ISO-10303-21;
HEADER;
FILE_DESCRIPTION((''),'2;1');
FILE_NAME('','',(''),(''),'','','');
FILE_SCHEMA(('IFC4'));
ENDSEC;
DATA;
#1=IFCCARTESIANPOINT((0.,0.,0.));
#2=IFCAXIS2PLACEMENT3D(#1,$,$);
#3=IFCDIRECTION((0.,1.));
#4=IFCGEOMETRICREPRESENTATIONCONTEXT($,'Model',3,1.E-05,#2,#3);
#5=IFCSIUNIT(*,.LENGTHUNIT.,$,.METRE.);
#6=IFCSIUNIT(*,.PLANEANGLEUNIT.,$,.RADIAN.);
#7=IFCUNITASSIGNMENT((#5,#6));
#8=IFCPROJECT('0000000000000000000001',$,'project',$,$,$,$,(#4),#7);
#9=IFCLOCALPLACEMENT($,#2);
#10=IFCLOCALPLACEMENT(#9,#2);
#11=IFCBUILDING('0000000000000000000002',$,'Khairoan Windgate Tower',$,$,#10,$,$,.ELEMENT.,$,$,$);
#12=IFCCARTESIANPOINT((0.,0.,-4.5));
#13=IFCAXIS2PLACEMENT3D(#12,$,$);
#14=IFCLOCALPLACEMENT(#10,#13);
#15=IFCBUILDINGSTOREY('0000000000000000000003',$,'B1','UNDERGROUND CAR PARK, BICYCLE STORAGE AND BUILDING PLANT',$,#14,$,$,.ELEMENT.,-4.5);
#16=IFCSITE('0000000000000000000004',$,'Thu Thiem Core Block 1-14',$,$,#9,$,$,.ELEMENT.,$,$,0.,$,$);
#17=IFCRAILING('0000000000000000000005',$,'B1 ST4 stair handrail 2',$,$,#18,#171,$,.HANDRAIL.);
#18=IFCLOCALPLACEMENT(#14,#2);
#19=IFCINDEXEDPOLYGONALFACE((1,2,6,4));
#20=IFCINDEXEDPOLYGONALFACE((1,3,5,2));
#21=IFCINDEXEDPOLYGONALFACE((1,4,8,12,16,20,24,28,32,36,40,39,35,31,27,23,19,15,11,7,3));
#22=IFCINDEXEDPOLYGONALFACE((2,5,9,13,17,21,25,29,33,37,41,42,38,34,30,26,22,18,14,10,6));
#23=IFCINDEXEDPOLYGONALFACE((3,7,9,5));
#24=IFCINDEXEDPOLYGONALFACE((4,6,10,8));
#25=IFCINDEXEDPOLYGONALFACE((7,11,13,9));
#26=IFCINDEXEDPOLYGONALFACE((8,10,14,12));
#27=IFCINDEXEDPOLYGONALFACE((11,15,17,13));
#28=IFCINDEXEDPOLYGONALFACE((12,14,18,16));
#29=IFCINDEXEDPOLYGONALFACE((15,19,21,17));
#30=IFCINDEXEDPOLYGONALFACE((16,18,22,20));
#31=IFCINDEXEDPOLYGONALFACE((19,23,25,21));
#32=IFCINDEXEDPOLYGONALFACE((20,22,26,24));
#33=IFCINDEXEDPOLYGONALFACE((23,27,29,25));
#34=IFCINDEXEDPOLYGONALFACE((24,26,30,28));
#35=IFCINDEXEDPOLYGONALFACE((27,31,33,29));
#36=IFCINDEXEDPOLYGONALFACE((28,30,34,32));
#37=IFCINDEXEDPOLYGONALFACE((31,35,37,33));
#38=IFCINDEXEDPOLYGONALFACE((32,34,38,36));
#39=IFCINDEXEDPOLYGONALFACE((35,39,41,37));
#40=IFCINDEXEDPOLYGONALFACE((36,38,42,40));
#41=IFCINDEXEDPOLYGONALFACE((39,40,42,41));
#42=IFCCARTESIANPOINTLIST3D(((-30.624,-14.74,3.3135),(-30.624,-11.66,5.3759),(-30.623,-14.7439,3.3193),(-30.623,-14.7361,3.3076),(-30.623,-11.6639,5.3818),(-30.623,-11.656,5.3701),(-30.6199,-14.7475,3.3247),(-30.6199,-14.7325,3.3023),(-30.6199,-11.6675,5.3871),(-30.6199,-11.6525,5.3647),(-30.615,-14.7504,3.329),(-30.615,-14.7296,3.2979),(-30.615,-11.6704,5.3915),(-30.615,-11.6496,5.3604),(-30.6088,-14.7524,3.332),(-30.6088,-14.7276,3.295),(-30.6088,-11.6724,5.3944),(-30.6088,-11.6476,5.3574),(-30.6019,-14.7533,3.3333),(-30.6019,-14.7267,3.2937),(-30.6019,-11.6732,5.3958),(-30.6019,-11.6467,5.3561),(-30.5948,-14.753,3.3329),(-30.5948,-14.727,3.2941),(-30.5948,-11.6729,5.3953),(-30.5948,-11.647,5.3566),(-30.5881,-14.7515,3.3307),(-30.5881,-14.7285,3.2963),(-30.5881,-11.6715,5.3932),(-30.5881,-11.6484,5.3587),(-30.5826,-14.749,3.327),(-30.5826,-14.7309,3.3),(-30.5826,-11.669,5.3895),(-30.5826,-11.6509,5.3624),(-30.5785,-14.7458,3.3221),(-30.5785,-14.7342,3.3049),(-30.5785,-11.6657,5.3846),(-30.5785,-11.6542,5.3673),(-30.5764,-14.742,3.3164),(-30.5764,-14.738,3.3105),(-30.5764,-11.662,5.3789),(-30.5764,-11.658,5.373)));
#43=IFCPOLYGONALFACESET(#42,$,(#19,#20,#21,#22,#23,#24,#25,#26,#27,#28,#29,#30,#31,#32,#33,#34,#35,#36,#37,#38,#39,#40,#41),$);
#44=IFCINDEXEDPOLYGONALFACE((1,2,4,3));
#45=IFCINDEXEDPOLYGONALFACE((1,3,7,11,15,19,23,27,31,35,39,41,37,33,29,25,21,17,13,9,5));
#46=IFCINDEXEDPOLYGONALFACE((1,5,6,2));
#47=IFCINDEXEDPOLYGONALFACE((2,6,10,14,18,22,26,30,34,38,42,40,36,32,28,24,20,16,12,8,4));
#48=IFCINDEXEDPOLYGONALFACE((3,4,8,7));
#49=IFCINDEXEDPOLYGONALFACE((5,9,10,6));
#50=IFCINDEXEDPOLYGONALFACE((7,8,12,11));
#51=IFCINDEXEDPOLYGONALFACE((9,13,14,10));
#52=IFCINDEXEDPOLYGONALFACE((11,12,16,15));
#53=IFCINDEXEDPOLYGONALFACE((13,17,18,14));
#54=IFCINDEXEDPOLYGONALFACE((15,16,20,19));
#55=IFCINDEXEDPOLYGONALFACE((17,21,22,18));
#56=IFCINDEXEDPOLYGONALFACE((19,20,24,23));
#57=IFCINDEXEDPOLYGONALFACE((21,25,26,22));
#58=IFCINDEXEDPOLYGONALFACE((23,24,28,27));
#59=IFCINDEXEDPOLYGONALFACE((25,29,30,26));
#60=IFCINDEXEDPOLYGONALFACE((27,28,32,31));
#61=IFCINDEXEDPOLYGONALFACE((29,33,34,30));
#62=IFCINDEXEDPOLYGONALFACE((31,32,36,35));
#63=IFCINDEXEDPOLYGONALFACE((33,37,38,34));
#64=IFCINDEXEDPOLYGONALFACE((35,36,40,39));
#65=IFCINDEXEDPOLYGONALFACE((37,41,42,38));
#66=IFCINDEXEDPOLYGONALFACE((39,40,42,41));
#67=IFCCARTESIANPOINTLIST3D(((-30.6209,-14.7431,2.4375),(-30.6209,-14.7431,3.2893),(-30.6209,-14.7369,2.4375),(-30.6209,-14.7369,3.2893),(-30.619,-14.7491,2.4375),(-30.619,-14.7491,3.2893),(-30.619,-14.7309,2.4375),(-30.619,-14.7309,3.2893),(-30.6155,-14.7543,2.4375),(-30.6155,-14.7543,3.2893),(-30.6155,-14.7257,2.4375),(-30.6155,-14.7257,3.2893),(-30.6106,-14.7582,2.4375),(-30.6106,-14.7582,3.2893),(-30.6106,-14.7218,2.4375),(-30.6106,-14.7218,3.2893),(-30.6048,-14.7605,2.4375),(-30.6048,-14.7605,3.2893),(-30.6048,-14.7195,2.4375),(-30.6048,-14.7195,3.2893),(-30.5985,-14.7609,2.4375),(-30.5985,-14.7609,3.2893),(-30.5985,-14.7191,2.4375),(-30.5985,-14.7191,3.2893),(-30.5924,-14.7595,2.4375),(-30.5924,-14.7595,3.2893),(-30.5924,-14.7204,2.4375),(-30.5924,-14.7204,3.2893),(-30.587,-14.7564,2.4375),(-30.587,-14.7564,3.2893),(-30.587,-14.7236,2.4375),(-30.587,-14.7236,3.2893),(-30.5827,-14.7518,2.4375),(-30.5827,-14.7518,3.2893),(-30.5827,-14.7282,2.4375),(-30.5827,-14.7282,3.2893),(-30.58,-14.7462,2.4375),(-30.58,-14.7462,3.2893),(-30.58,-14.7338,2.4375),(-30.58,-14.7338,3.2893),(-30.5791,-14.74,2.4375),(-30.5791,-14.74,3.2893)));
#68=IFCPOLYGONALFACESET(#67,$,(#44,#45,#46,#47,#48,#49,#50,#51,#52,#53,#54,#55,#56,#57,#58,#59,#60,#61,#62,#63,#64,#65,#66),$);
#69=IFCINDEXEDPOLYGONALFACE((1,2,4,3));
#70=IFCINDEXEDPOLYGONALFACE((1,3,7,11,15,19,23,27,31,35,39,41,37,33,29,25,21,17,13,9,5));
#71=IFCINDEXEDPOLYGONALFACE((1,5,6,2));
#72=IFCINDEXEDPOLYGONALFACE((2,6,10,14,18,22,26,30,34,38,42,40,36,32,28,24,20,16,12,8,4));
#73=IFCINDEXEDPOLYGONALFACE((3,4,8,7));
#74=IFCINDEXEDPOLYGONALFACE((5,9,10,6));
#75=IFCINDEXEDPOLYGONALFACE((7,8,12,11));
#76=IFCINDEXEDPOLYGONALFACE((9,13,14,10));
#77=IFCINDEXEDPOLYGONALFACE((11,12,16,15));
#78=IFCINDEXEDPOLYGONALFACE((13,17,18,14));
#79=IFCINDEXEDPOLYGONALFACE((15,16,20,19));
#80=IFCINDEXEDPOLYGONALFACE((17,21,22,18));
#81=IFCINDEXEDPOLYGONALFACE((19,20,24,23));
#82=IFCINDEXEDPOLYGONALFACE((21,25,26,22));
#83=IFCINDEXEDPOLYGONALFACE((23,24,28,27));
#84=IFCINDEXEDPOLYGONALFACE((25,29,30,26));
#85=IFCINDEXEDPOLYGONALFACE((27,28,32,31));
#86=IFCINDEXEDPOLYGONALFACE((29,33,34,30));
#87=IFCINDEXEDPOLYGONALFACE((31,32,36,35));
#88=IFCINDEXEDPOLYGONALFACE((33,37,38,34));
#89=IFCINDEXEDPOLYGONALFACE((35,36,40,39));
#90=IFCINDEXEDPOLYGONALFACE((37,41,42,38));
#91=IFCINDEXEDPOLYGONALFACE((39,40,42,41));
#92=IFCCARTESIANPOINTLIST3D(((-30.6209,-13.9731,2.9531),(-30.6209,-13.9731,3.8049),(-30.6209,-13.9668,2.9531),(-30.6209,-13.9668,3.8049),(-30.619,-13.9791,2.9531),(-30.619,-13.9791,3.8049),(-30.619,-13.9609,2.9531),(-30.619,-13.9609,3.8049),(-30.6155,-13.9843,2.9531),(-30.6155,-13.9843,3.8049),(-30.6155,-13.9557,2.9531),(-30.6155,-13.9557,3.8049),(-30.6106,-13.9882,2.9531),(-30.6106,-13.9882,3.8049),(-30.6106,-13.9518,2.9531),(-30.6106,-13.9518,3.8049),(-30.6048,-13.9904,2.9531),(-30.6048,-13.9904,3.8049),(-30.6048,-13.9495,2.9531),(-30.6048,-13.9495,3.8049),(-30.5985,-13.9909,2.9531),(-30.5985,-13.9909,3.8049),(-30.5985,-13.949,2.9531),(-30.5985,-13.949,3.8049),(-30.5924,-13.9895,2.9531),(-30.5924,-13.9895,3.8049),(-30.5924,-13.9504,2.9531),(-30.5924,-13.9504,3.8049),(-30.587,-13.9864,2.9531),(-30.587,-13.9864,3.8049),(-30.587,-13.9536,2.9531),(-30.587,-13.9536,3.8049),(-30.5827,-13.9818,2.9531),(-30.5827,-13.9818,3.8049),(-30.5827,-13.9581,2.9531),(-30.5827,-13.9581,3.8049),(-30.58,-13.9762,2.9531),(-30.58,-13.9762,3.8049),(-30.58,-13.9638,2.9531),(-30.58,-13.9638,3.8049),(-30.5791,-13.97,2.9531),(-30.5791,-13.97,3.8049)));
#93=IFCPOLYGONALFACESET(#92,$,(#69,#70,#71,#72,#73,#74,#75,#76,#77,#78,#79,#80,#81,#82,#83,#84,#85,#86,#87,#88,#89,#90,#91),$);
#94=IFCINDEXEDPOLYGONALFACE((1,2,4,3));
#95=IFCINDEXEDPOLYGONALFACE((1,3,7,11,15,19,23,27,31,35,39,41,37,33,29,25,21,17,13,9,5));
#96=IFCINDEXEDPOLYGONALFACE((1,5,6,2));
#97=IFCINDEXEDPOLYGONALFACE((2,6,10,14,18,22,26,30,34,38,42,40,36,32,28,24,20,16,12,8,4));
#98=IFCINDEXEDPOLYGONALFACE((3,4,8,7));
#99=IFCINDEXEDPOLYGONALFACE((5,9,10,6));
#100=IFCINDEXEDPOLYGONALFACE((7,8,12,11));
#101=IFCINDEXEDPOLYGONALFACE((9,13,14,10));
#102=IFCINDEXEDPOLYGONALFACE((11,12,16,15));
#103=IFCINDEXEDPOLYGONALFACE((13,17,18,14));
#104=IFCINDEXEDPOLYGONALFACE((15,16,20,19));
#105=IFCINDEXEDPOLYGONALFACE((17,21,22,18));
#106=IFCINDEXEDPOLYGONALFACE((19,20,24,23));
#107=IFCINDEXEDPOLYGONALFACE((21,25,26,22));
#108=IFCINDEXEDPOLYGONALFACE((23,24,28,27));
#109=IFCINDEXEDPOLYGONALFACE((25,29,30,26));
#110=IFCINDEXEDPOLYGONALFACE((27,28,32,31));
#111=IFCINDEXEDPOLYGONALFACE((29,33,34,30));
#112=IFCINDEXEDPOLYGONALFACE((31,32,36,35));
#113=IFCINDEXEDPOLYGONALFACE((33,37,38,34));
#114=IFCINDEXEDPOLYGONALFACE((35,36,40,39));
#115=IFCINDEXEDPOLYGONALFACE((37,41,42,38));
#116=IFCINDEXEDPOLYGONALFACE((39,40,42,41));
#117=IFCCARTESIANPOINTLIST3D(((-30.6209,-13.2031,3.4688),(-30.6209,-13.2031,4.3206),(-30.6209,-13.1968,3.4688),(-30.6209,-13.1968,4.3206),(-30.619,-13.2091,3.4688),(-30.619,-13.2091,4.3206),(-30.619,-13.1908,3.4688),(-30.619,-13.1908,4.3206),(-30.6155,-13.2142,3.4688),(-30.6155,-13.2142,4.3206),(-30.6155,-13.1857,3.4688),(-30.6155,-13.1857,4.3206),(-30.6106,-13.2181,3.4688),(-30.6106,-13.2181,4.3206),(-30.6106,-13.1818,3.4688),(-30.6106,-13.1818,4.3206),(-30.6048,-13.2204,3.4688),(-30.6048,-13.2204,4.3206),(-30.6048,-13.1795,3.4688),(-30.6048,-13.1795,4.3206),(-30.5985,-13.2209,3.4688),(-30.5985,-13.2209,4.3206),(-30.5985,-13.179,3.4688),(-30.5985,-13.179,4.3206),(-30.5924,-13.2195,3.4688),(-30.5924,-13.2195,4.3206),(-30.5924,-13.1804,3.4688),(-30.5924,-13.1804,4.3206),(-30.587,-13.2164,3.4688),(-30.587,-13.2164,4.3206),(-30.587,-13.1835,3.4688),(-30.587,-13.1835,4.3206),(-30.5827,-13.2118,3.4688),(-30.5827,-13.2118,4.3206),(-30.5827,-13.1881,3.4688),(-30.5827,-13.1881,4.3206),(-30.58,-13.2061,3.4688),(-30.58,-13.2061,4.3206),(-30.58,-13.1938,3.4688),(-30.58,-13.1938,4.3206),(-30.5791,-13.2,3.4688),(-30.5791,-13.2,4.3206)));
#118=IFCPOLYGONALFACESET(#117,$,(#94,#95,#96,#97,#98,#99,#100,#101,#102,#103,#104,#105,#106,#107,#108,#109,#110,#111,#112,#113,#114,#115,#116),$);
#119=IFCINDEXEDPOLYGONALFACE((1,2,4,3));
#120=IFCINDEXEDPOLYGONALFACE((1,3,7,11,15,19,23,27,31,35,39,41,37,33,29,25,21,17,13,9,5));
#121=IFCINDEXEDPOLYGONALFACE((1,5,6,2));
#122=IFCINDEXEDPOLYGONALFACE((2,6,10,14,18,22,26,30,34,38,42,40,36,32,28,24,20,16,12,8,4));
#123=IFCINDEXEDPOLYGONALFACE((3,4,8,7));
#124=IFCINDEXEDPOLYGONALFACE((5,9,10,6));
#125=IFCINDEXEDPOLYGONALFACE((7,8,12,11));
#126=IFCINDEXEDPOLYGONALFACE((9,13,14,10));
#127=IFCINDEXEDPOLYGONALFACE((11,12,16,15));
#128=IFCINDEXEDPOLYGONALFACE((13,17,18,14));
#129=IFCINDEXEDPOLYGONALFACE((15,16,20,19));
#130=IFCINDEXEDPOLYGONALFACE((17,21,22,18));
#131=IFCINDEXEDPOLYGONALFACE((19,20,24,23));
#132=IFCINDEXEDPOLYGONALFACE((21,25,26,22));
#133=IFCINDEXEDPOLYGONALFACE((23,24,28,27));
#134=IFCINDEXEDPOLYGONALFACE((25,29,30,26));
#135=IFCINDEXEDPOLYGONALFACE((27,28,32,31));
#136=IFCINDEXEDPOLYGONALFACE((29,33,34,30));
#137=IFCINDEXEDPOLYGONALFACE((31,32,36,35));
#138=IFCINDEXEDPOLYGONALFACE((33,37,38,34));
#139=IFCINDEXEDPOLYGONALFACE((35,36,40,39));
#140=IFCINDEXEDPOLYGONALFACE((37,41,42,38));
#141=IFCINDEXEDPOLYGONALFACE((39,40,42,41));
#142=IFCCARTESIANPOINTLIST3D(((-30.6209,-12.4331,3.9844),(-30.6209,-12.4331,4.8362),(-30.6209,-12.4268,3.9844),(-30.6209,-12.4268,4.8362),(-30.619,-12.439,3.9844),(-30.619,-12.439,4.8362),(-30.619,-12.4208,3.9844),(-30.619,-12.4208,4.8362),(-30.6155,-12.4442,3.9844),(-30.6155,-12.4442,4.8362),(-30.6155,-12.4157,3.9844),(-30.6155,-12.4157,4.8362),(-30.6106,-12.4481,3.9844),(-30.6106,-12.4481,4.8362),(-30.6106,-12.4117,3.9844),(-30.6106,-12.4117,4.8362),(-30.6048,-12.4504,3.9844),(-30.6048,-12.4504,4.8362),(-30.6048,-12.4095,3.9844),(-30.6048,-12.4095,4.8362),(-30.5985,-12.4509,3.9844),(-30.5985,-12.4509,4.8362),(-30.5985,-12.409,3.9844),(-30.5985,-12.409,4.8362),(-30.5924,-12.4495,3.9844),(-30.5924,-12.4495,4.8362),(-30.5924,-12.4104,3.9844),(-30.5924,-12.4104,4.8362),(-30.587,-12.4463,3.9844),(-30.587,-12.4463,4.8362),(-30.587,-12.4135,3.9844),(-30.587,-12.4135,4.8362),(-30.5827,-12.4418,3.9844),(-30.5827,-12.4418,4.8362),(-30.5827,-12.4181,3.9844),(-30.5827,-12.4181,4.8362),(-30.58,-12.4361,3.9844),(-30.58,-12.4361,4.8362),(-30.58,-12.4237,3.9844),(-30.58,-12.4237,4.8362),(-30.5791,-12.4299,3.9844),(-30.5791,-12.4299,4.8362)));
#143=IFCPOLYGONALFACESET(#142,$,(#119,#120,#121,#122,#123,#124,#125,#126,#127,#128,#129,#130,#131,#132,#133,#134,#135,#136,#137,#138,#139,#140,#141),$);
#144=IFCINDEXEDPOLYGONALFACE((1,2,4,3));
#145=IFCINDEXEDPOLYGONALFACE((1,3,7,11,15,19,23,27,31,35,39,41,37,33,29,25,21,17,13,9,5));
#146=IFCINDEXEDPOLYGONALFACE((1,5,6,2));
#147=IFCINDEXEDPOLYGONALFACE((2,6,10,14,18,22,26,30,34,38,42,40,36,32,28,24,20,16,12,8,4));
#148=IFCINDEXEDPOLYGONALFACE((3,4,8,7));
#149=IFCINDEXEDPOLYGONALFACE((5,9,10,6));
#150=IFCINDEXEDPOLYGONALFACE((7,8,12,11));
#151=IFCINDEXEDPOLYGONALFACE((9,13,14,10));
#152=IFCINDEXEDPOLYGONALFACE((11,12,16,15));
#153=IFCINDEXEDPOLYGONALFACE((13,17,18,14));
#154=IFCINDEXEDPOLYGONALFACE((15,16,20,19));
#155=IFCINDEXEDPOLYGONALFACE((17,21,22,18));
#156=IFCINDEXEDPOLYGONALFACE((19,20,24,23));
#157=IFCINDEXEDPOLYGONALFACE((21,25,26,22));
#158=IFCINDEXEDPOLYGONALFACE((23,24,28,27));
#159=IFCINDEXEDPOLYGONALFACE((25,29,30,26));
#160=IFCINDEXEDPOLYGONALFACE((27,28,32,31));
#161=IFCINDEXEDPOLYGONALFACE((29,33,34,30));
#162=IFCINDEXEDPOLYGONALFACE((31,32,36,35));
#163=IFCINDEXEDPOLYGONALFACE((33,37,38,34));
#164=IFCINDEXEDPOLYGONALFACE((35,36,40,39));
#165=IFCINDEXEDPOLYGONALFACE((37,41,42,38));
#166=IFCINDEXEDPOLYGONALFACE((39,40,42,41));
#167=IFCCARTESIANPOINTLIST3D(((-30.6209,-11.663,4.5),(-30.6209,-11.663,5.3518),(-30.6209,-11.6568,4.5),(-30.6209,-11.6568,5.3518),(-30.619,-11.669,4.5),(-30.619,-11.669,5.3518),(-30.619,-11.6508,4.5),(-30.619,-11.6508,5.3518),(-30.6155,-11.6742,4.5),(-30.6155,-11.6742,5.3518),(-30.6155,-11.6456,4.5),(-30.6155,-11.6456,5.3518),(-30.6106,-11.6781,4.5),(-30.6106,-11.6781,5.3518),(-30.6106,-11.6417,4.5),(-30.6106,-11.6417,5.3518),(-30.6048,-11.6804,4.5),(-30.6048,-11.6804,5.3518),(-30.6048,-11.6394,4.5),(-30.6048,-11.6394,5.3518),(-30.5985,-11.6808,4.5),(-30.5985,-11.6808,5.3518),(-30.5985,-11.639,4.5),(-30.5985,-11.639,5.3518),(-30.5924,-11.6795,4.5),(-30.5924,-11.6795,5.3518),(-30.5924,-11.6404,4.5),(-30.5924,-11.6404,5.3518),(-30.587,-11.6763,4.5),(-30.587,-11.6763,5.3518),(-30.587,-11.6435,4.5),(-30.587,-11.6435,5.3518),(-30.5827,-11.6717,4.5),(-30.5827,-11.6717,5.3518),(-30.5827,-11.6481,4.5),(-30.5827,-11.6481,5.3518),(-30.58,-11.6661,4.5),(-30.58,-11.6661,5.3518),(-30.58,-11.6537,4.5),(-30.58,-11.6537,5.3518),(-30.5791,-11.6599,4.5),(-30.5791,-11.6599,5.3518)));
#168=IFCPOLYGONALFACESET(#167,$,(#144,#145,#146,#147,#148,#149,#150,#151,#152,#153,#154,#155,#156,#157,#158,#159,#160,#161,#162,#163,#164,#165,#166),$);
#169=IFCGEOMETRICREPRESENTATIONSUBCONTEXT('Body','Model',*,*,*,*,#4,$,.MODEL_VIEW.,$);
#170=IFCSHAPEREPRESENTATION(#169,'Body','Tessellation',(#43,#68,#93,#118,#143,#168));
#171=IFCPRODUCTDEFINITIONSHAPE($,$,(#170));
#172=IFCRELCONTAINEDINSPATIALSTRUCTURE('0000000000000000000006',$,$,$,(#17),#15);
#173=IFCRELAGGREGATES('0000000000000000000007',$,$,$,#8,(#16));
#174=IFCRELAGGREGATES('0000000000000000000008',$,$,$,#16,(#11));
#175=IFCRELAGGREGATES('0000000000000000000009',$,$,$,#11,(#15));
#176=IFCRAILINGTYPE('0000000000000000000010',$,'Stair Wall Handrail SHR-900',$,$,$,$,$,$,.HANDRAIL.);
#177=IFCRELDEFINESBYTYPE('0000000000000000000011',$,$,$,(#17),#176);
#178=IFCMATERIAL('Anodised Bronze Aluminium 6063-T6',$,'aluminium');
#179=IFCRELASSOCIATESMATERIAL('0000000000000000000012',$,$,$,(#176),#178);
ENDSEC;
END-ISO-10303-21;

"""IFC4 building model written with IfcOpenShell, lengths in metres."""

from ifc_helpers import new_model, si_unit, direction, frame, origin, origin_2d, place, context, subcontext, project, spatial, circle, extrude, material, type_object, element, save


model = new_model("IFC4")

# Units and contexts
model_context = context("Model", 3, precision=1e-05, world=origin(), true_north=direction((0.0, 1.0)))
body_context = subcontext(model_context, "Body", "Model", "MODEL_VIEW")
ifc_project = project(units=[si_unit("LENGTHUNIT", "METRE"), si_unit("PLANEANGLEUNIT", "RADIAN")], contexts=[model_context])

# Site, building, storey
site_placement = place(None, origin())
site = spatial("IfcSite", under=ifc_project, at=site_placement, Name="Thu Thiem Core Block 1-14", CompositionType="ELEMENT", RefElevation=0.0)
building_placement = place(site_placement, origin())
building = spatial("IfcBuilding", under=site, at=building_placement, Name="Khairoan Windgate Tower", CompositionType="ELEMENT")
storey_placement = place(building_placement, frame((0.0, 0.0, -4.5)))
storey = spatial("IfcBuildingStorey", under=building, at=storey_placement, Name="B1", Description="UNDERGROUND CAR PARK, BICYCLE STORAGE AND BUILDING PLANT", CompositionType="ELEMENT", Elevation=-4.5)

# Railing
ifc_material_1 = material(Name="Anodised Bronze Aluminium 6063-T6", Category="aluminium")
railing_type_1 = type_object("IfcRailingType", Name="Stair Wall Handrail SHR-900", PredefinedType="HANDRAIL", material=ifc_material_1)
railing_1_placement = place(storey_placement, frame((-30.6001, -14.74, 2.4375)))
element("IfcRailing", 1, at=railing_1_placement, inside=storey, type_object=railing_type_1, Name="B1 ST4 stair handrail 2", PredefinedType="HANDRAIL", context=body_context, shape_type="SweptSolid", body=[
    extrude(circle(Radius=0.0239, at=origin_2d()), frame((0.0, 0.0, 0.876), z_axis=(0.0, 0.830914, 0.556401), x_axis=(-1.0, 0.0, 0.0)), (0.0, 0.0, 1.0), 3.7068),
    extrude(circle(Radius=0.021, at=origin_2d()), origin(), (0.0, 0.0, 1.0), 0.8518),
    extrude(circle(Radius=0.021, at=origin_2d()), frame((0.0, 0.77, 0.5156)), (0.0, 0.0, 1.0), 0.8518),
    extrude(circle(Radius=0.021, at=origin_2d()), frame((0.0, 1.54, 1.0312)), (0.0, 0.0, 1.0), 0.8518),
    extrude(circle(Radius=0.021, at=origin_2d()), frame((0.0, 2.3101, 1.5469)), (0.0, 0.0, 1.0), 0.8518),
    extrude(circle(Radius=0.021, at=origin_2d()), frame((0.0, 3.0801, 2.0625)), (0.0, 0.0, 1.0), 0.8518),
])

save(model, "model.ifc")
